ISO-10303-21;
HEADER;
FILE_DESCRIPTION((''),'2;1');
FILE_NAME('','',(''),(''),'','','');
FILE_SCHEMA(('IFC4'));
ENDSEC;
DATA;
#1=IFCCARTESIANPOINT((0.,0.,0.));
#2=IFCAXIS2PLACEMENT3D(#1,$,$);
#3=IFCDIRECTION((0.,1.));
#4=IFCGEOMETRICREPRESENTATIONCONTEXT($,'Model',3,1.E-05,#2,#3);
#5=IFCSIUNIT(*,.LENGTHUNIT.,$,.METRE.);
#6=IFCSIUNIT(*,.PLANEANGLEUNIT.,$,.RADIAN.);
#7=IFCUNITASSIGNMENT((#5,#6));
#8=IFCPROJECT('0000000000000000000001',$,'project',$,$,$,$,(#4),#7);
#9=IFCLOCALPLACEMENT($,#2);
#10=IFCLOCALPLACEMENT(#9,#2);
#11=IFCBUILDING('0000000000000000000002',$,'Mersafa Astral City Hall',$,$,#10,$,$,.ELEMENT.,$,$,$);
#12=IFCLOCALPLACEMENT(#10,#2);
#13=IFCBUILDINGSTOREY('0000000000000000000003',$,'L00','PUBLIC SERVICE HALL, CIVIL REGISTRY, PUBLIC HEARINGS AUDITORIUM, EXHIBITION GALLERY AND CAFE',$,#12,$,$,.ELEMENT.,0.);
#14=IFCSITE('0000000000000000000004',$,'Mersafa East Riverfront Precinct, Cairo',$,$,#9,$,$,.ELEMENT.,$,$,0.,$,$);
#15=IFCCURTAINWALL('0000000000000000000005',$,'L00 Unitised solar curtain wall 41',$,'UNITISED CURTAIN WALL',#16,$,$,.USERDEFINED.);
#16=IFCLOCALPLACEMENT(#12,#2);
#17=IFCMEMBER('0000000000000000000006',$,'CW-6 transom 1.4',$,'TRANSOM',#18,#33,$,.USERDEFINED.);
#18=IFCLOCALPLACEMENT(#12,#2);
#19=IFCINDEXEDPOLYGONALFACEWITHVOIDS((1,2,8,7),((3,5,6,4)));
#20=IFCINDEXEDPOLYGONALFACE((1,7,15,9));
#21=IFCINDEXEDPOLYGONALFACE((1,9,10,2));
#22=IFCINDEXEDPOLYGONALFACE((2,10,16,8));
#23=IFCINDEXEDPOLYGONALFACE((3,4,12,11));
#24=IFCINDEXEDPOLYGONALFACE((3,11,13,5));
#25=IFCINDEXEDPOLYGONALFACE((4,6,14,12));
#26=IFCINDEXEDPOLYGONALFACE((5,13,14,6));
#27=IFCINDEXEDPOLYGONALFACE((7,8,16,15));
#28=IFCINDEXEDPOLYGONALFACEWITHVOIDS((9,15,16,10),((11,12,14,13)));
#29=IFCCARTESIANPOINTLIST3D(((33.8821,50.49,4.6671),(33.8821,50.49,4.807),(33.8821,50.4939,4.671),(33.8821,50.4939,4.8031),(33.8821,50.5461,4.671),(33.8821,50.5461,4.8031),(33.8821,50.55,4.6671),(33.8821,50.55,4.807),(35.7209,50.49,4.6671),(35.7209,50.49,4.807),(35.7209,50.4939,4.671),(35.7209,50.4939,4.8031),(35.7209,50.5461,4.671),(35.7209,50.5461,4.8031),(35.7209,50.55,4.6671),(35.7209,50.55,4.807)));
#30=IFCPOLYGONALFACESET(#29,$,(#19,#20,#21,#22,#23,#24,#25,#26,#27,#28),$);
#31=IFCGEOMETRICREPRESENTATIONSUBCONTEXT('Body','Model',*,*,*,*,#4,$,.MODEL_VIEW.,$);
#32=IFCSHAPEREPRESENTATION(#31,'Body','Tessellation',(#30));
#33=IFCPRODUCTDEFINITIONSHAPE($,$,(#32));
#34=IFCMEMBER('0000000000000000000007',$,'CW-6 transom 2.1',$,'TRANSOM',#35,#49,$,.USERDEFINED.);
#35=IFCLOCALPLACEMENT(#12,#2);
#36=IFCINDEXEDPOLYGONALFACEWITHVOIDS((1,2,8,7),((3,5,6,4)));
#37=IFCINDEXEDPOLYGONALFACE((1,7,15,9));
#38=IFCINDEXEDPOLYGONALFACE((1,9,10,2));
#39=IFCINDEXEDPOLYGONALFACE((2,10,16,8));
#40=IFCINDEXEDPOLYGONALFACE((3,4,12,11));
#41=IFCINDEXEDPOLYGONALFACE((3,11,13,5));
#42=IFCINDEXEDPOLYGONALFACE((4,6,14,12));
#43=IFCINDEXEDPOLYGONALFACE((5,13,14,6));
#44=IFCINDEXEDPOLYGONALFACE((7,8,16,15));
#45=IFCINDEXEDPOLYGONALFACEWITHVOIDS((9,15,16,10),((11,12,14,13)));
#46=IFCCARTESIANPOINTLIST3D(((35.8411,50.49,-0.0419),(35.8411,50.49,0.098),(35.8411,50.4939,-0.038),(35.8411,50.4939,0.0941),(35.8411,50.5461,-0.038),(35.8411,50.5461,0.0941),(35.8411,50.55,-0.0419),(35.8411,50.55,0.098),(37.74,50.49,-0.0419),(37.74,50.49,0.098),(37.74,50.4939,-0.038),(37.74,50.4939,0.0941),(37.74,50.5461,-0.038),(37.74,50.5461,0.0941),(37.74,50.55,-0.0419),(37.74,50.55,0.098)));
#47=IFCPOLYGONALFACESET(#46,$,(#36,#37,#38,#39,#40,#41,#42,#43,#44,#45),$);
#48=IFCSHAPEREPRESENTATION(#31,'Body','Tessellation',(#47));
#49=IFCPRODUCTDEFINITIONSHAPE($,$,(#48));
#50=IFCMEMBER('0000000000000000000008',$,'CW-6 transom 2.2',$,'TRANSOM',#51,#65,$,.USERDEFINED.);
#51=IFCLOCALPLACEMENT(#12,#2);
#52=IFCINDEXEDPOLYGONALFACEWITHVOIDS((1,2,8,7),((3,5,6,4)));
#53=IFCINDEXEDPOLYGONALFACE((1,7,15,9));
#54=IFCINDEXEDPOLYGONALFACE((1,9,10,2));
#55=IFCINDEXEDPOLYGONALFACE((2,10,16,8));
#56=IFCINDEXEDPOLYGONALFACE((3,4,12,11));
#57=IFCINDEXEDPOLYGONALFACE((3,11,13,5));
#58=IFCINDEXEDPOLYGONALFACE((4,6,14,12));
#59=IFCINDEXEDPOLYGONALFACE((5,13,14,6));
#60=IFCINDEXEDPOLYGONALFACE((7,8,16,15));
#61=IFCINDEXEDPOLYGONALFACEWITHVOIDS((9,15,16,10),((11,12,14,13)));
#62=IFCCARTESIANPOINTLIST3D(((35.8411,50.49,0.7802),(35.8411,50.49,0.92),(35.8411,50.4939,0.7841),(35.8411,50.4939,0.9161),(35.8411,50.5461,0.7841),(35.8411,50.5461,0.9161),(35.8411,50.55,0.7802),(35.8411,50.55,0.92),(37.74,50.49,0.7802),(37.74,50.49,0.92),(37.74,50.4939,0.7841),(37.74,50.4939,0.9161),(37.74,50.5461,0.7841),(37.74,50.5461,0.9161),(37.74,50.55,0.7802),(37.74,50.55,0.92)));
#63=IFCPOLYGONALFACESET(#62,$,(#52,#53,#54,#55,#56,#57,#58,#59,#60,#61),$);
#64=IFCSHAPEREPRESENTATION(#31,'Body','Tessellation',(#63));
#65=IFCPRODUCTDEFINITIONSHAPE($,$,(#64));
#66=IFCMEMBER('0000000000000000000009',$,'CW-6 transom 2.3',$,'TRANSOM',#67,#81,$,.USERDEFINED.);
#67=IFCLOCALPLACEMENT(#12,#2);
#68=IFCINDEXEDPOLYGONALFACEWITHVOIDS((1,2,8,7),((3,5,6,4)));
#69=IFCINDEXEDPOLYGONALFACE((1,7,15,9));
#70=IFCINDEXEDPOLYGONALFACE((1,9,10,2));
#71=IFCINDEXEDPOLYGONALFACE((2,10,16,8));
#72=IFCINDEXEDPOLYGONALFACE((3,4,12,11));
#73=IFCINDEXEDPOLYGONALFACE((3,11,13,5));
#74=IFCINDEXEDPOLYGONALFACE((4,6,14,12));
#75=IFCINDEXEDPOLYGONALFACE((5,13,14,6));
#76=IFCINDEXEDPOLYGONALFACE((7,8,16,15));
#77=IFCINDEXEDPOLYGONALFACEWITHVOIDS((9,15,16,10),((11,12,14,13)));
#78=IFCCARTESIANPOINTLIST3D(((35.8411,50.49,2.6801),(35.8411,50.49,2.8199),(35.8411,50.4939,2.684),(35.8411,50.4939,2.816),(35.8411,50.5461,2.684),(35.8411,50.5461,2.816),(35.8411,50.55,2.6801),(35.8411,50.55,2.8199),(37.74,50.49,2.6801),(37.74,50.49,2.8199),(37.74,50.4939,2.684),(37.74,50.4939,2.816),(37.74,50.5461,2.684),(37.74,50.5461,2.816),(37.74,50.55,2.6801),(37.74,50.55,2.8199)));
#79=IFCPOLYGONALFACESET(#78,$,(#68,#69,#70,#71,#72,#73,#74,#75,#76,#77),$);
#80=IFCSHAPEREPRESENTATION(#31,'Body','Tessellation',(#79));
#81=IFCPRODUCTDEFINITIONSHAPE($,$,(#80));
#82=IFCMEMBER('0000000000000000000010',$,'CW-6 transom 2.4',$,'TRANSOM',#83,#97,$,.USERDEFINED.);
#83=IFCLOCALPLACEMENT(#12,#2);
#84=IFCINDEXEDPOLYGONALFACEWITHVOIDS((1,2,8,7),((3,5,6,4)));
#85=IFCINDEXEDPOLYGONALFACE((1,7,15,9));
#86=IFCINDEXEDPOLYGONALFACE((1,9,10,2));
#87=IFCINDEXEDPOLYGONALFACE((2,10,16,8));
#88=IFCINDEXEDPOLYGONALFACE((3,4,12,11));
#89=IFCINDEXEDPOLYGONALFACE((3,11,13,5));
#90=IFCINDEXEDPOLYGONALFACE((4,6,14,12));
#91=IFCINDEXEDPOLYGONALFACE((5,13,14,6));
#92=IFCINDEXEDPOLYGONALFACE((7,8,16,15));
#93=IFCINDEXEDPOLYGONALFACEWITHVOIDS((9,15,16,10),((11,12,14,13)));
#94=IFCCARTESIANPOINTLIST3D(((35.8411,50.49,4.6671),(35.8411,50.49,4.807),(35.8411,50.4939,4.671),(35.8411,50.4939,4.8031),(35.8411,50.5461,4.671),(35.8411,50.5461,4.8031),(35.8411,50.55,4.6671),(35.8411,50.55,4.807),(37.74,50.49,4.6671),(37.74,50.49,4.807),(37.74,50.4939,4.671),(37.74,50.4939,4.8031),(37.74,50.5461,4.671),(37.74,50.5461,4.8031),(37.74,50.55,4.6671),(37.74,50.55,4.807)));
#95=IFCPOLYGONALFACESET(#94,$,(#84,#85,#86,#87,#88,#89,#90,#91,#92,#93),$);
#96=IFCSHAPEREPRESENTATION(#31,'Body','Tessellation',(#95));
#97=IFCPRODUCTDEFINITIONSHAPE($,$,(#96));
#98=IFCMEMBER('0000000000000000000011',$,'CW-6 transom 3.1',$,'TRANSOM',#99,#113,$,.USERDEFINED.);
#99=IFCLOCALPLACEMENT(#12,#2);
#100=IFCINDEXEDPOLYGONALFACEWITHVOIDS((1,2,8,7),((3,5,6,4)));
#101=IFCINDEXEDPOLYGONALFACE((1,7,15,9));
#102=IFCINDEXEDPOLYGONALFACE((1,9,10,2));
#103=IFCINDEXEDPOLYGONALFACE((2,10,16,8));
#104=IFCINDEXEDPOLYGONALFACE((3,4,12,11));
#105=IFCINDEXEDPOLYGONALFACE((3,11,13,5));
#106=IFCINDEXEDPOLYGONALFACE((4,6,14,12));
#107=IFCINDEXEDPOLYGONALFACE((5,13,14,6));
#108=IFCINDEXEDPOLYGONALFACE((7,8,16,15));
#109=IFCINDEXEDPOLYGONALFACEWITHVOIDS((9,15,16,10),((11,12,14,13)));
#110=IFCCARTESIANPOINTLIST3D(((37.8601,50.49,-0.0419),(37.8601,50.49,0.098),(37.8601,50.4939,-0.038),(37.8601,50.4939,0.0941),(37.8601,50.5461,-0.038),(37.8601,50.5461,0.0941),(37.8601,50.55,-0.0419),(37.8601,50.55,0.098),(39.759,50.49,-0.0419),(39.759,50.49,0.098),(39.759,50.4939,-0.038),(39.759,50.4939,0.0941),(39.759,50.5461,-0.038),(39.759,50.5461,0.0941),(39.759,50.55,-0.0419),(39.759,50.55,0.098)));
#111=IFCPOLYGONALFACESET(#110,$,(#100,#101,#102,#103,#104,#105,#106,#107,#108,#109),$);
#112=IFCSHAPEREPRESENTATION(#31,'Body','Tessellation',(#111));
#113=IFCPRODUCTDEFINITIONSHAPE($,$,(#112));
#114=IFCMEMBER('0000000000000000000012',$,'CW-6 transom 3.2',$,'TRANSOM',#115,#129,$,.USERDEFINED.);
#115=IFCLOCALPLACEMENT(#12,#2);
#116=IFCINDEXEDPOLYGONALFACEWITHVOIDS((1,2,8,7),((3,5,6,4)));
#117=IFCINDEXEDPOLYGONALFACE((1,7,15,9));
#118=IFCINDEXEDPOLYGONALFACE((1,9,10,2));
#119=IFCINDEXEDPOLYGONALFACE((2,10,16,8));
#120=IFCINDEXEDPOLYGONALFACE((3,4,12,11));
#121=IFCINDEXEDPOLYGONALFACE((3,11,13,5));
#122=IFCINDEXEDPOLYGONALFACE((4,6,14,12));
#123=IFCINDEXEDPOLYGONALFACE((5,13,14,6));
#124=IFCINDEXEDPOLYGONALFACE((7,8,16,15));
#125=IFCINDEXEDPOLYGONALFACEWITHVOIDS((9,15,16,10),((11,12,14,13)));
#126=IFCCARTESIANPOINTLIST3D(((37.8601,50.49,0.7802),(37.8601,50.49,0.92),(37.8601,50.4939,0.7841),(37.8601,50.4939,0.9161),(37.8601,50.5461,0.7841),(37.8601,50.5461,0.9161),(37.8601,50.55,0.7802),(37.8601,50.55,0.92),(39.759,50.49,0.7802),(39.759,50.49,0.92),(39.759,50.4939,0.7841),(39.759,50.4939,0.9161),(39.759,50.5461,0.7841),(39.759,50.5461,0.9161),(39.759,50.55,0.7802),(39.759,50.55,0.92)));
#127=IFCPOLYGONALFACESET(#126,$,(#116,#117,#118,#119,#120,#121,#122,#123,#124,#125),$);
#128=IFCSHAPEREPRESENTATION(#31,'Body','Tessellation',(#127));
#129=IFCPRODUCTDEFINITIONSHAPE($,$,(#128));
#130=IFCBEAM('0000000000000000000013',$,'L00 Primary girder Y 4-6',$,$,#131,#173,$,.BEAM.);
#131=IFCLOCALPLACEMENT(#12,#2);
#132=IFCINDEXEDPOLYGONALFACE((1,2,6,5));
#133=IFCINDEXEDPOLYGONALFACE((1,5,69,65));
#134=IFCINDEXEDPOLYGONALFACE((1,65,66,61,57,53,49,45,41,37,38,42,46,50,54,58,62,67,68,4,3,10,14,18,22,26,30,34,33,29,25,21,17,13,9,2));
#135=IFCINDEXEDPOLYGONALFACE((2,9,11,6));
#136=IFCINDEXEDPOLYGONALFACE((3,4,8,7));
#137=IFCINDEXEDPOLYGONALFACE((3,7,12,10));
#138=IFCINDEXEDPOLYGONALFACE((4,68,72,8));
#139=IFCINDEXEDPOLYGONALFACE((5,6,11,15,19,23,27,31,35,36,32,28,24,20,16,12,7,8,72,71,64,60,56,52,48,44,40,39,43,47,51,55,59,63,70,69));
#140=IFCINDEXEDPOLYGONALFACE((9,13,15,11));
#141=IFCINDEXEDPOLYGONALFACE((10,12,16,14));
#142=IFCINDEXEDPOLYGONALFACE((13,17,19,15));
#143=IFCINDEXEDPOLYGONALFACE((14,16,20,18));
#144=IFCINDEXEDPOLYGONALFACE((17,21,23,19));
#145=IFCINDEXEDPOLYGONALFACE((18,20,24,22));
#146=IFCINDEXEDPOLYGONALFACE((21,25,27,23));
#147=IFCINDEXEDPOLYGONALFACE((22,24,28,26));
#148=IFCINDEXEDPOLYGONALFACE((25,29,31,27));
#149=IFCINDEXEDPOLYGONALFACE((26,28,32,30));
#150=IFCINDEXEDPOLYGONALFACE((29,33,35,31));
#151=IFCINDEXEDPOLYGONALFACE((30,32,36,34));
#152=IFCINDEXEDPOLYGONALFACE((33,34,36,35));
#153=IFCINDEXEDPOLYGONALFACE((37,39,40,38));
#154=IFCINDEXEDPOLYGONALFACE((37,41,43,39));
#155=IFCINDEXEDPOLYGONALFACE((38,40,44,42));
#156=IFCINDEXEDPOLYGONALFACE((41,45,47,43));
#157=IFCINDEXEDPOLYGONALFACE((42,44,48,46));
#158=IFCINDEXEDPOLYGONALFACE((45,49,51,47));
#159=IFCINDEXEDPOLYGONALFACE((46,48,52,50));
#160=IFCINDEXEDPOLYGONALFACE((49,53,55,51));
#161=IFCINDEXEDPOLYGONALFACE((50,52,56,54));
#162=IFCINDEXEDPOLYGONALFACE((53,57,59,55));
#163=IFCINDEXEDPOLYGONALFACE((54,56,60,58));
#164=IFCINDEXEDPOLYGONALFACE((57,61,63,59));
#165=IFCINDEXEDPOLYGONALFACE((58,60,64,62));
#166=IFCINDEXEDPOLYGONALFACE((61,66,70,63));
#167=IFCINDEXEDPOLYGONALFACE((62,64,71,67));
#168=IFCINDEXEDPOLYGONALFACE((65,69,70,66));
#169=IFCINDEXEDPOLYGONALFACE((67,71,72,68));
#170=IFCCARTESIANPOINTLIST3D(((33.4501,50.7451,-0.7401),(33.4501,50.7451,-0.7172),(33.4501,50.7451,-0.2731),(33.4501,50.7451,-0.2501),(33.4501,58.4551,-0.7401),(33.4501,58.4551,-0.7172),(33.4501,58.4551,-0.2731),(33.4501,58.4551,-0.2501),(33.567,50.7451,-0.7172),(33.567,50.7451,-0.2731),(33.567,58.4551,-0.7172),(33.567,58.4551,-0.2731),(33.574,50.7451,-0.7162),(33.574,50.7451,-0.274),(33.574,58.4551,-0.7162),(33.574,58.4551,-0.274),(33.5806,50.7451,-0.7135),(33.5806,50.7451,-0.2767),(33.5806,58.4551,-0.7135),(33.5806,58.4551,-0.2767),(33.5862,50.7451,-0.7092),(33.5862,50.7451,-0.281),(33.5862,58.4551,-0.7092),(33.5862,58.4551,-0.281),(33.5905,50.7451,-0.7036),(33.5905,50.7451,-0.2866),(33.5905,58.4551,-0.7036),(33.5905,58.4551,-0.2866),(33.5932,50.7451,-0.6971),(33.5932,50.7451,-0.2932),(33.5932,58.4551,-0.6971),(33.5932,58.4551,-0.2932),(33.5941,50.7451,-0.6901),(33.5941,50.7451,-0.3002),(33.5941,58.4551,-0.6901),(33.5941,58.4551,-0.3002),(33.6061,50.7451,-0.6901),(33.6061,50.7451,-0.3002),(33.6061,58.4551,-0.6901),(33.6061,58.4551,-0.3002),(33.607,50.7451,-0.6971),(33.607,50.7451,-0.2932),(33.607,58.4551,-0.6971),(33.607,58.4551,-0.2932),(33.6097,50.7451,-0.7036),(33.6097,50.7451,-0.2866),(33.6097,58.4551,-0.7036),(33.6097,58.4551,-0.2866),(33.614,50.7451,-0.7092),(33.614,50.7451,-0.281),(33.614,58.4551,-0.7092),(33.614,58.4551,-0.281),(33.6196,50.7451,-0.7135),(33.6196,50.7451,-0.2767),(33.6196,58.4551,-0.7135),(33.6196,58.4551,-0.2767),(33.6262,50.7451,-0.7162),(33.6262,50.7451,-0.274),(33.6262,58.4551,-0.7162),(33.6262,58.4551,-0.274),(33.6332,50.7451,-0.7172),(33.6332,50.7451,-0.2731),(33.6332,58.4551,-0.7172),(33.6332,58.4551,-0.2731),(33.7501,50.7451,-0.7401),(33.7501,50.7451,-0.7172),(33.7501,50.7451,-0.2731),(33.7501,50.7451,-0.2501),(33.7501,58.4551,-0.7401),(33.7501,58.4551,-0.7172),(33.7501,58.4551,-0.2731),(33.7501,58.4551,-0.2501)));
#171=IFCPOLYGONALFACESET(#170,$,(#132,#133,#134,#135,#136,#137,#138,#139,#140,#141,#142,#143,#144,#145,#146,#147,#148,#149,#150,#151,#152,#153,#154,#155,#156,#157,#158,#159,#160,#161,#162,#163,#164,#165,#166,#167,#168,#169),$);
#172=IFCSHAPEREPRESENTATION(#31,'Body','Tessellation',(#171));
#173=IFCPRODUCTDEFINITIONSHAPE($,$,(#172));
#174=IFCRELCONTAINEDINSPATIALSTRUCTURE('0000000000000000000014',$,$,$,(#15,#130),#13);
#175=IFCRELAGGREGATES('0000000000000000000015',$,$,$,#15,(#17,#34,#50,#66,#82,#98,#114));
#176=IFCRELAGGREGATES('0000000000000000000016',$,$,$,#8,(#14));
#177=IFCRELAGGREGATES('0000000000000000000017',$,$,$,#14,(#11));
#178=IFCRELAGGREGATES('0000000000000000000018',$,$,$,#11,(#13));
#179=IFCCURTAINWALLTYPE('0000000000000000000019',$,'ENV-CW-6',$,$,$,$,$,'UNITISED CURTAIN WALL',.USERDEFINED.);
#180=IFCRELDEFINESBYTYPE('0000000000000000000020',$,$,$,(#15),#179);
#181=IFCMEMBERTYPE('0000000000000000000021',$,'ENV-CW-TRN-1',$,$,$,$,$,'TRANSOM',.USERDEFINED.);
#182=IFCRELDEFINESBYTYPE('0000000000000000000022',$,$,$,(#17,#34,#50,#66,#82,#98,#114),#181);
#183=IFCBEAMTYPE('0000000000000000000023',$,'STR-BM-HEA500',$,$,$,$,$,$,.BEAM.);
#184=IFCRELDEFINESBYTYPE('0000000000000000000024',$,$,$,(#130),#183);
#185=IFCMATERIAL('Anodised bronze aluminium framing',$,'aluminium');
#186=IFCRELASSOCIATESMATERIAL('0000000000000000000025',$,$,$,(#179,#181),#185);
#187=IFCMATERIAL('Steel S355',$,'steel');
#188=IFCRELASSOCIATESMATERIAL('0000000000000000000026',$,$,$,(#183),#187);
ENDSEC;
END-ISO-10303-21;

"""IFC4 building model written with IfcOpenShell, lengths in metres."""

from ifc_helpers import new_model, si_unit, direction, frame, origin, origin_2d, place, context, subcontext, project, spatial, hollow_rectangle, i_section, extrude, material, material_profile, profile_set, type_object, element, aggregate, save


model = new_model("IFC4")

# Units and contexts
model_context = context("Model", 3, precision=1e-05, world=origin(), true_north=direction((0.0, 1.0)))
body_context = subcontext(model_context, "Body", "Model", "MODEL_VIEW")
ifc_project = project(units=[si_unit("LENGTHUNIT", "METRE"), si_unit("PLANEANGLEUNIT", "RADIAN")], contexts=[model_context])

# Site, building, storey
site_placement = place(None, origin())
site = spatial("IfcSite", under=ifc_project, at=site_placement, Name="Mersafa East Riverfront Precinct, Cairo", CompositionType="ELEMENT", RefElevation=0.0)
building_placement = place(site_placement, origin())
building = spatial("IfcBuilding", under=site, at=building_placement, Name="Mersafa Astral City Hall", CompositionType="ELEMENT")
storey_placement = place(building_placement, origin())
storey = spatial("IfcBuildingStorey", under=building, at=storey_placement, Name="L00", Description="PUBLIC SERVICE HALL, CIVIL REGISTRY, PUBLIC HEARINGS AUDITORIUM, EXHIBITION GALLERY AND CAFE", CompositionType="ELEMENT", Elevation=0.0)

# Shared definitions
ifc_material_1 = material(Name="Steel S355", Category="steel")

# Curtain wall, members
ifc_material_2 = material(Name="Anodised bronze aluminium framing", Category="aluminium")
curtain_wall_type = type_object("IfcCurtainWallType", Name="ENV-CW-6", ElementType="UNITISED CURTAIN WALL", PredefinedType="USERDEFINED", material=ifc_material_2)
curtain_wall_placement = place(storey_placement, origin())
curtain_wall = element("IfcCurtainWall", 1, at=curtain_wall_placement, inside=storey, type_object=curtain_wall_type, Name="L00 Unitised solar curtain wall 41", ObjectType="UNITISED CURTAIN WALL", PredefinedType="USERDEFINED")
ifc_material_profile_1 = material_profile(ifc_material_2, hollow_rectangle(XDim=0.0601, YDim=0.1399, WallThickness=0.0039, at=origin_2d()), Name="RHS 60x140x4")
ifc_profile_set_1 = profile_set([ifc_material_profile_1], Name="Anodised bronze aluminium framing")
member_type_1 = type_object("IfcMemberType", Name="ENV-CW-TRN-1", ElementType="TRANSOM", PredefinedType="USERDEFINED", material=ifc_profile_set_1)
member_1_placement = place(storey_placement, frame((33.8821, 50.52, 4.7371), z_axis=(1.0, 0.0, 0.0), x_axis=(0.0, 1.0, 0.0)))
member_1 = element("IfcMember", 2, at=member_1_placement, type_object=member_type_1, Name="CW-6 transom 1.4", ObjectType="TRANSOM", PredefinedType="USERDEFINED", context=body_context, shape_type="SweptSolid", body=[
    extrude(hollow_rectangle(XDim=0.0601, YDim=0.1399, WallThickness=0.0039, at=origin_2d()), origin(), (0.0, 0.0, 1.0), 1.8389),
])
member_2_placement = place(storey_placement, frame((35.8411, 50.52, 0.0281), z_axis=(1.0, 0.0, 0.0), x_axis=(0.0, 1.0, 0.0)))
member_2 = element("IfcMember", 3, at=member_2_placement, type_object=member_type_1, Name="CW-6 transom 2.1", ObjectType="TRANSOM", PredefinedType="USERDEFINED", context=body_context, shape_type="SweptSolid", body=[
    extrude(hollow_rectangle(XDim=0.0601, YDim=0.1399, WallThickness=0.0039, at=origin_2d()), origin(), (0.0, 0.0, 1.0), 1.8989),
])
member_3_placement = place(storey_placement, frame((35.8411, 50.52, 0.8501), z_axis=(1.0, 0.0, 0.0), x_axis=(0.0, 1.0, 0.0)))
member_3 = element("IfcMember", 4, at=member_3_placement, type_object=member_type_1, Name="CW-6 transom 2.2", ObjectType="TRANSOM", PredefinedType="USERDEFINED", context=body_context, shape_type="SweptSolid", body=[
    extrude(hollow_rectangle(XDim=0.0601, YDim=0.1399, WallThickness=0.0039, at=origin_2d()), origin(), (0.0, 0.0, 1.0), 1.8989),
])
member_4_placement = place(storey_placement, frame((35.8411, 50.52, 2.75), z_axis=(1.0, 0.0, 0.0), x_axis=(0.0, 1.0, 0.0)))
member_4 = element("IfcMember", 5, at=member_4_placement, type_object=member_type_1, Name="CW-6 transom 2.3", ObjectType="TRANSOM", PredefinedType="USERDEFINED", context=body_context, shape_type="SweptSolid", body=[
    extrude(hollow_rectangle(XDim=0.0601, YDim=0.1399, WallThickness=0.0039, at=origin_2d()), origin(), (0.0, 0.0, 1.0), 1.8989),
])
member_5_placement = place(storey_placement, frame((35.8411, 50.52, 4.7371), z_axis=(1.0, 0.0, 0.0), x_axis=(0.0, 1.0, 0.0)))
member_5 = element("IfcMember", 6, at=member_5_placement, type_object=member_type_1, Name="CW-6 transom 2.4", ObjectType="TRANSOM", PredefinedType="USERDEFINED", context=body_context, shape_type="SweptSolid", body=[
    extrude(hollow_rectangle(XDim=0.0601, YDim=0.1399, WallThickness=0.0039, at=origin_2d()), origin(), (0.0, 0.0, 1.0), 1.8989),
])
member_6_placement = place(storey_placement, frame((37.8601, 50.52, 0.0281), z_axis=(1.0, 0.0, 0.0), x_axis=(0.0, 1.0, 0.0)))
member_6 = element("IfcMember", 7, at=member_6_placement, type_object=member_type_1, Name="CW-6 transom 3.1", ObjectType="TRANSOM", PredefinedType="USERDEFINED", context=body_context, shape_type="SweptSolid", body=[
    extrude(hollow_rectangle(XDim=0.0601, YDim=0.1399, WallThickness=0.0039, at=origin_2d()), origin(), (0.0, 0.0, 1.0), 1.8989),
])
member_7_placement = place(storey_placement, frame((37.8601, 50.52, 0.8501), z_axis=(1.0, 0.0, 0.0), x_axis=(0.0, 1.0, 0.0)))
member_7 = element("IfcMember", 8, at=member_7_placement, type_object=member_type_1, Name="CW-6 transom 3.2", ObjectType="TRANSOM", PredefinedType="USERDEFINED", context=body_context, shape_type="SweptSolid", body=[
    extrude(hollow_rectangle(XDim=0.0601, YDim=0.1399, WallThickness=0.0039, at=origin_2d()), origin(), (0.0, 0.0, 1.0), 1.8989),
])

# Beam
ifc_material_profile_2 = material_profile(ifc_material_1, i_section(OverallWidth=0.3, OverallDepth=0.49, WebThickness=0.012, FlangeThickness=0.0229, FilletRadius=0.0271, at=origin_2d()), Name="HEA 500")
ifc_profile_set_2 = profile_set([ifc_material_profile_2], Name="Steel S355")
beam_type_1 = type_object("IfcBeamType", Name="STR-BM-HEA500", PredefinedType="BEAM", material=ifc_profile_set_2)
beam_1_placement = place(storey_placement, frame((33.6001, 50.7451, -0.4951), z_axis=(0.0, 1.0, 0.0), x_axis=(-1.0, 0.0, 0.0)))
element("IfcBeam", 9, at=beam_1_placement, inside=storey, type_object=beam_type_1, Name="L00 Primary girder Y 4-6", PredefinedType="BEAM", context=body_context, shape_type="SweptSolid", body=[
    extrude(i_section(OverallWidth=0.3, OverallDepth=0.49, WebThickness=0.012, FlangeThickness=0.0229, FilletRadius=0.0271, at=origin_2d()), origin(), (0.0, 0.0, 1.0), 7.71),
])

aggregate(curtain_wall, [member_1, member_2, member_3, member_4, member_5, member_6, member_7])

save(model, "model.ifc")
